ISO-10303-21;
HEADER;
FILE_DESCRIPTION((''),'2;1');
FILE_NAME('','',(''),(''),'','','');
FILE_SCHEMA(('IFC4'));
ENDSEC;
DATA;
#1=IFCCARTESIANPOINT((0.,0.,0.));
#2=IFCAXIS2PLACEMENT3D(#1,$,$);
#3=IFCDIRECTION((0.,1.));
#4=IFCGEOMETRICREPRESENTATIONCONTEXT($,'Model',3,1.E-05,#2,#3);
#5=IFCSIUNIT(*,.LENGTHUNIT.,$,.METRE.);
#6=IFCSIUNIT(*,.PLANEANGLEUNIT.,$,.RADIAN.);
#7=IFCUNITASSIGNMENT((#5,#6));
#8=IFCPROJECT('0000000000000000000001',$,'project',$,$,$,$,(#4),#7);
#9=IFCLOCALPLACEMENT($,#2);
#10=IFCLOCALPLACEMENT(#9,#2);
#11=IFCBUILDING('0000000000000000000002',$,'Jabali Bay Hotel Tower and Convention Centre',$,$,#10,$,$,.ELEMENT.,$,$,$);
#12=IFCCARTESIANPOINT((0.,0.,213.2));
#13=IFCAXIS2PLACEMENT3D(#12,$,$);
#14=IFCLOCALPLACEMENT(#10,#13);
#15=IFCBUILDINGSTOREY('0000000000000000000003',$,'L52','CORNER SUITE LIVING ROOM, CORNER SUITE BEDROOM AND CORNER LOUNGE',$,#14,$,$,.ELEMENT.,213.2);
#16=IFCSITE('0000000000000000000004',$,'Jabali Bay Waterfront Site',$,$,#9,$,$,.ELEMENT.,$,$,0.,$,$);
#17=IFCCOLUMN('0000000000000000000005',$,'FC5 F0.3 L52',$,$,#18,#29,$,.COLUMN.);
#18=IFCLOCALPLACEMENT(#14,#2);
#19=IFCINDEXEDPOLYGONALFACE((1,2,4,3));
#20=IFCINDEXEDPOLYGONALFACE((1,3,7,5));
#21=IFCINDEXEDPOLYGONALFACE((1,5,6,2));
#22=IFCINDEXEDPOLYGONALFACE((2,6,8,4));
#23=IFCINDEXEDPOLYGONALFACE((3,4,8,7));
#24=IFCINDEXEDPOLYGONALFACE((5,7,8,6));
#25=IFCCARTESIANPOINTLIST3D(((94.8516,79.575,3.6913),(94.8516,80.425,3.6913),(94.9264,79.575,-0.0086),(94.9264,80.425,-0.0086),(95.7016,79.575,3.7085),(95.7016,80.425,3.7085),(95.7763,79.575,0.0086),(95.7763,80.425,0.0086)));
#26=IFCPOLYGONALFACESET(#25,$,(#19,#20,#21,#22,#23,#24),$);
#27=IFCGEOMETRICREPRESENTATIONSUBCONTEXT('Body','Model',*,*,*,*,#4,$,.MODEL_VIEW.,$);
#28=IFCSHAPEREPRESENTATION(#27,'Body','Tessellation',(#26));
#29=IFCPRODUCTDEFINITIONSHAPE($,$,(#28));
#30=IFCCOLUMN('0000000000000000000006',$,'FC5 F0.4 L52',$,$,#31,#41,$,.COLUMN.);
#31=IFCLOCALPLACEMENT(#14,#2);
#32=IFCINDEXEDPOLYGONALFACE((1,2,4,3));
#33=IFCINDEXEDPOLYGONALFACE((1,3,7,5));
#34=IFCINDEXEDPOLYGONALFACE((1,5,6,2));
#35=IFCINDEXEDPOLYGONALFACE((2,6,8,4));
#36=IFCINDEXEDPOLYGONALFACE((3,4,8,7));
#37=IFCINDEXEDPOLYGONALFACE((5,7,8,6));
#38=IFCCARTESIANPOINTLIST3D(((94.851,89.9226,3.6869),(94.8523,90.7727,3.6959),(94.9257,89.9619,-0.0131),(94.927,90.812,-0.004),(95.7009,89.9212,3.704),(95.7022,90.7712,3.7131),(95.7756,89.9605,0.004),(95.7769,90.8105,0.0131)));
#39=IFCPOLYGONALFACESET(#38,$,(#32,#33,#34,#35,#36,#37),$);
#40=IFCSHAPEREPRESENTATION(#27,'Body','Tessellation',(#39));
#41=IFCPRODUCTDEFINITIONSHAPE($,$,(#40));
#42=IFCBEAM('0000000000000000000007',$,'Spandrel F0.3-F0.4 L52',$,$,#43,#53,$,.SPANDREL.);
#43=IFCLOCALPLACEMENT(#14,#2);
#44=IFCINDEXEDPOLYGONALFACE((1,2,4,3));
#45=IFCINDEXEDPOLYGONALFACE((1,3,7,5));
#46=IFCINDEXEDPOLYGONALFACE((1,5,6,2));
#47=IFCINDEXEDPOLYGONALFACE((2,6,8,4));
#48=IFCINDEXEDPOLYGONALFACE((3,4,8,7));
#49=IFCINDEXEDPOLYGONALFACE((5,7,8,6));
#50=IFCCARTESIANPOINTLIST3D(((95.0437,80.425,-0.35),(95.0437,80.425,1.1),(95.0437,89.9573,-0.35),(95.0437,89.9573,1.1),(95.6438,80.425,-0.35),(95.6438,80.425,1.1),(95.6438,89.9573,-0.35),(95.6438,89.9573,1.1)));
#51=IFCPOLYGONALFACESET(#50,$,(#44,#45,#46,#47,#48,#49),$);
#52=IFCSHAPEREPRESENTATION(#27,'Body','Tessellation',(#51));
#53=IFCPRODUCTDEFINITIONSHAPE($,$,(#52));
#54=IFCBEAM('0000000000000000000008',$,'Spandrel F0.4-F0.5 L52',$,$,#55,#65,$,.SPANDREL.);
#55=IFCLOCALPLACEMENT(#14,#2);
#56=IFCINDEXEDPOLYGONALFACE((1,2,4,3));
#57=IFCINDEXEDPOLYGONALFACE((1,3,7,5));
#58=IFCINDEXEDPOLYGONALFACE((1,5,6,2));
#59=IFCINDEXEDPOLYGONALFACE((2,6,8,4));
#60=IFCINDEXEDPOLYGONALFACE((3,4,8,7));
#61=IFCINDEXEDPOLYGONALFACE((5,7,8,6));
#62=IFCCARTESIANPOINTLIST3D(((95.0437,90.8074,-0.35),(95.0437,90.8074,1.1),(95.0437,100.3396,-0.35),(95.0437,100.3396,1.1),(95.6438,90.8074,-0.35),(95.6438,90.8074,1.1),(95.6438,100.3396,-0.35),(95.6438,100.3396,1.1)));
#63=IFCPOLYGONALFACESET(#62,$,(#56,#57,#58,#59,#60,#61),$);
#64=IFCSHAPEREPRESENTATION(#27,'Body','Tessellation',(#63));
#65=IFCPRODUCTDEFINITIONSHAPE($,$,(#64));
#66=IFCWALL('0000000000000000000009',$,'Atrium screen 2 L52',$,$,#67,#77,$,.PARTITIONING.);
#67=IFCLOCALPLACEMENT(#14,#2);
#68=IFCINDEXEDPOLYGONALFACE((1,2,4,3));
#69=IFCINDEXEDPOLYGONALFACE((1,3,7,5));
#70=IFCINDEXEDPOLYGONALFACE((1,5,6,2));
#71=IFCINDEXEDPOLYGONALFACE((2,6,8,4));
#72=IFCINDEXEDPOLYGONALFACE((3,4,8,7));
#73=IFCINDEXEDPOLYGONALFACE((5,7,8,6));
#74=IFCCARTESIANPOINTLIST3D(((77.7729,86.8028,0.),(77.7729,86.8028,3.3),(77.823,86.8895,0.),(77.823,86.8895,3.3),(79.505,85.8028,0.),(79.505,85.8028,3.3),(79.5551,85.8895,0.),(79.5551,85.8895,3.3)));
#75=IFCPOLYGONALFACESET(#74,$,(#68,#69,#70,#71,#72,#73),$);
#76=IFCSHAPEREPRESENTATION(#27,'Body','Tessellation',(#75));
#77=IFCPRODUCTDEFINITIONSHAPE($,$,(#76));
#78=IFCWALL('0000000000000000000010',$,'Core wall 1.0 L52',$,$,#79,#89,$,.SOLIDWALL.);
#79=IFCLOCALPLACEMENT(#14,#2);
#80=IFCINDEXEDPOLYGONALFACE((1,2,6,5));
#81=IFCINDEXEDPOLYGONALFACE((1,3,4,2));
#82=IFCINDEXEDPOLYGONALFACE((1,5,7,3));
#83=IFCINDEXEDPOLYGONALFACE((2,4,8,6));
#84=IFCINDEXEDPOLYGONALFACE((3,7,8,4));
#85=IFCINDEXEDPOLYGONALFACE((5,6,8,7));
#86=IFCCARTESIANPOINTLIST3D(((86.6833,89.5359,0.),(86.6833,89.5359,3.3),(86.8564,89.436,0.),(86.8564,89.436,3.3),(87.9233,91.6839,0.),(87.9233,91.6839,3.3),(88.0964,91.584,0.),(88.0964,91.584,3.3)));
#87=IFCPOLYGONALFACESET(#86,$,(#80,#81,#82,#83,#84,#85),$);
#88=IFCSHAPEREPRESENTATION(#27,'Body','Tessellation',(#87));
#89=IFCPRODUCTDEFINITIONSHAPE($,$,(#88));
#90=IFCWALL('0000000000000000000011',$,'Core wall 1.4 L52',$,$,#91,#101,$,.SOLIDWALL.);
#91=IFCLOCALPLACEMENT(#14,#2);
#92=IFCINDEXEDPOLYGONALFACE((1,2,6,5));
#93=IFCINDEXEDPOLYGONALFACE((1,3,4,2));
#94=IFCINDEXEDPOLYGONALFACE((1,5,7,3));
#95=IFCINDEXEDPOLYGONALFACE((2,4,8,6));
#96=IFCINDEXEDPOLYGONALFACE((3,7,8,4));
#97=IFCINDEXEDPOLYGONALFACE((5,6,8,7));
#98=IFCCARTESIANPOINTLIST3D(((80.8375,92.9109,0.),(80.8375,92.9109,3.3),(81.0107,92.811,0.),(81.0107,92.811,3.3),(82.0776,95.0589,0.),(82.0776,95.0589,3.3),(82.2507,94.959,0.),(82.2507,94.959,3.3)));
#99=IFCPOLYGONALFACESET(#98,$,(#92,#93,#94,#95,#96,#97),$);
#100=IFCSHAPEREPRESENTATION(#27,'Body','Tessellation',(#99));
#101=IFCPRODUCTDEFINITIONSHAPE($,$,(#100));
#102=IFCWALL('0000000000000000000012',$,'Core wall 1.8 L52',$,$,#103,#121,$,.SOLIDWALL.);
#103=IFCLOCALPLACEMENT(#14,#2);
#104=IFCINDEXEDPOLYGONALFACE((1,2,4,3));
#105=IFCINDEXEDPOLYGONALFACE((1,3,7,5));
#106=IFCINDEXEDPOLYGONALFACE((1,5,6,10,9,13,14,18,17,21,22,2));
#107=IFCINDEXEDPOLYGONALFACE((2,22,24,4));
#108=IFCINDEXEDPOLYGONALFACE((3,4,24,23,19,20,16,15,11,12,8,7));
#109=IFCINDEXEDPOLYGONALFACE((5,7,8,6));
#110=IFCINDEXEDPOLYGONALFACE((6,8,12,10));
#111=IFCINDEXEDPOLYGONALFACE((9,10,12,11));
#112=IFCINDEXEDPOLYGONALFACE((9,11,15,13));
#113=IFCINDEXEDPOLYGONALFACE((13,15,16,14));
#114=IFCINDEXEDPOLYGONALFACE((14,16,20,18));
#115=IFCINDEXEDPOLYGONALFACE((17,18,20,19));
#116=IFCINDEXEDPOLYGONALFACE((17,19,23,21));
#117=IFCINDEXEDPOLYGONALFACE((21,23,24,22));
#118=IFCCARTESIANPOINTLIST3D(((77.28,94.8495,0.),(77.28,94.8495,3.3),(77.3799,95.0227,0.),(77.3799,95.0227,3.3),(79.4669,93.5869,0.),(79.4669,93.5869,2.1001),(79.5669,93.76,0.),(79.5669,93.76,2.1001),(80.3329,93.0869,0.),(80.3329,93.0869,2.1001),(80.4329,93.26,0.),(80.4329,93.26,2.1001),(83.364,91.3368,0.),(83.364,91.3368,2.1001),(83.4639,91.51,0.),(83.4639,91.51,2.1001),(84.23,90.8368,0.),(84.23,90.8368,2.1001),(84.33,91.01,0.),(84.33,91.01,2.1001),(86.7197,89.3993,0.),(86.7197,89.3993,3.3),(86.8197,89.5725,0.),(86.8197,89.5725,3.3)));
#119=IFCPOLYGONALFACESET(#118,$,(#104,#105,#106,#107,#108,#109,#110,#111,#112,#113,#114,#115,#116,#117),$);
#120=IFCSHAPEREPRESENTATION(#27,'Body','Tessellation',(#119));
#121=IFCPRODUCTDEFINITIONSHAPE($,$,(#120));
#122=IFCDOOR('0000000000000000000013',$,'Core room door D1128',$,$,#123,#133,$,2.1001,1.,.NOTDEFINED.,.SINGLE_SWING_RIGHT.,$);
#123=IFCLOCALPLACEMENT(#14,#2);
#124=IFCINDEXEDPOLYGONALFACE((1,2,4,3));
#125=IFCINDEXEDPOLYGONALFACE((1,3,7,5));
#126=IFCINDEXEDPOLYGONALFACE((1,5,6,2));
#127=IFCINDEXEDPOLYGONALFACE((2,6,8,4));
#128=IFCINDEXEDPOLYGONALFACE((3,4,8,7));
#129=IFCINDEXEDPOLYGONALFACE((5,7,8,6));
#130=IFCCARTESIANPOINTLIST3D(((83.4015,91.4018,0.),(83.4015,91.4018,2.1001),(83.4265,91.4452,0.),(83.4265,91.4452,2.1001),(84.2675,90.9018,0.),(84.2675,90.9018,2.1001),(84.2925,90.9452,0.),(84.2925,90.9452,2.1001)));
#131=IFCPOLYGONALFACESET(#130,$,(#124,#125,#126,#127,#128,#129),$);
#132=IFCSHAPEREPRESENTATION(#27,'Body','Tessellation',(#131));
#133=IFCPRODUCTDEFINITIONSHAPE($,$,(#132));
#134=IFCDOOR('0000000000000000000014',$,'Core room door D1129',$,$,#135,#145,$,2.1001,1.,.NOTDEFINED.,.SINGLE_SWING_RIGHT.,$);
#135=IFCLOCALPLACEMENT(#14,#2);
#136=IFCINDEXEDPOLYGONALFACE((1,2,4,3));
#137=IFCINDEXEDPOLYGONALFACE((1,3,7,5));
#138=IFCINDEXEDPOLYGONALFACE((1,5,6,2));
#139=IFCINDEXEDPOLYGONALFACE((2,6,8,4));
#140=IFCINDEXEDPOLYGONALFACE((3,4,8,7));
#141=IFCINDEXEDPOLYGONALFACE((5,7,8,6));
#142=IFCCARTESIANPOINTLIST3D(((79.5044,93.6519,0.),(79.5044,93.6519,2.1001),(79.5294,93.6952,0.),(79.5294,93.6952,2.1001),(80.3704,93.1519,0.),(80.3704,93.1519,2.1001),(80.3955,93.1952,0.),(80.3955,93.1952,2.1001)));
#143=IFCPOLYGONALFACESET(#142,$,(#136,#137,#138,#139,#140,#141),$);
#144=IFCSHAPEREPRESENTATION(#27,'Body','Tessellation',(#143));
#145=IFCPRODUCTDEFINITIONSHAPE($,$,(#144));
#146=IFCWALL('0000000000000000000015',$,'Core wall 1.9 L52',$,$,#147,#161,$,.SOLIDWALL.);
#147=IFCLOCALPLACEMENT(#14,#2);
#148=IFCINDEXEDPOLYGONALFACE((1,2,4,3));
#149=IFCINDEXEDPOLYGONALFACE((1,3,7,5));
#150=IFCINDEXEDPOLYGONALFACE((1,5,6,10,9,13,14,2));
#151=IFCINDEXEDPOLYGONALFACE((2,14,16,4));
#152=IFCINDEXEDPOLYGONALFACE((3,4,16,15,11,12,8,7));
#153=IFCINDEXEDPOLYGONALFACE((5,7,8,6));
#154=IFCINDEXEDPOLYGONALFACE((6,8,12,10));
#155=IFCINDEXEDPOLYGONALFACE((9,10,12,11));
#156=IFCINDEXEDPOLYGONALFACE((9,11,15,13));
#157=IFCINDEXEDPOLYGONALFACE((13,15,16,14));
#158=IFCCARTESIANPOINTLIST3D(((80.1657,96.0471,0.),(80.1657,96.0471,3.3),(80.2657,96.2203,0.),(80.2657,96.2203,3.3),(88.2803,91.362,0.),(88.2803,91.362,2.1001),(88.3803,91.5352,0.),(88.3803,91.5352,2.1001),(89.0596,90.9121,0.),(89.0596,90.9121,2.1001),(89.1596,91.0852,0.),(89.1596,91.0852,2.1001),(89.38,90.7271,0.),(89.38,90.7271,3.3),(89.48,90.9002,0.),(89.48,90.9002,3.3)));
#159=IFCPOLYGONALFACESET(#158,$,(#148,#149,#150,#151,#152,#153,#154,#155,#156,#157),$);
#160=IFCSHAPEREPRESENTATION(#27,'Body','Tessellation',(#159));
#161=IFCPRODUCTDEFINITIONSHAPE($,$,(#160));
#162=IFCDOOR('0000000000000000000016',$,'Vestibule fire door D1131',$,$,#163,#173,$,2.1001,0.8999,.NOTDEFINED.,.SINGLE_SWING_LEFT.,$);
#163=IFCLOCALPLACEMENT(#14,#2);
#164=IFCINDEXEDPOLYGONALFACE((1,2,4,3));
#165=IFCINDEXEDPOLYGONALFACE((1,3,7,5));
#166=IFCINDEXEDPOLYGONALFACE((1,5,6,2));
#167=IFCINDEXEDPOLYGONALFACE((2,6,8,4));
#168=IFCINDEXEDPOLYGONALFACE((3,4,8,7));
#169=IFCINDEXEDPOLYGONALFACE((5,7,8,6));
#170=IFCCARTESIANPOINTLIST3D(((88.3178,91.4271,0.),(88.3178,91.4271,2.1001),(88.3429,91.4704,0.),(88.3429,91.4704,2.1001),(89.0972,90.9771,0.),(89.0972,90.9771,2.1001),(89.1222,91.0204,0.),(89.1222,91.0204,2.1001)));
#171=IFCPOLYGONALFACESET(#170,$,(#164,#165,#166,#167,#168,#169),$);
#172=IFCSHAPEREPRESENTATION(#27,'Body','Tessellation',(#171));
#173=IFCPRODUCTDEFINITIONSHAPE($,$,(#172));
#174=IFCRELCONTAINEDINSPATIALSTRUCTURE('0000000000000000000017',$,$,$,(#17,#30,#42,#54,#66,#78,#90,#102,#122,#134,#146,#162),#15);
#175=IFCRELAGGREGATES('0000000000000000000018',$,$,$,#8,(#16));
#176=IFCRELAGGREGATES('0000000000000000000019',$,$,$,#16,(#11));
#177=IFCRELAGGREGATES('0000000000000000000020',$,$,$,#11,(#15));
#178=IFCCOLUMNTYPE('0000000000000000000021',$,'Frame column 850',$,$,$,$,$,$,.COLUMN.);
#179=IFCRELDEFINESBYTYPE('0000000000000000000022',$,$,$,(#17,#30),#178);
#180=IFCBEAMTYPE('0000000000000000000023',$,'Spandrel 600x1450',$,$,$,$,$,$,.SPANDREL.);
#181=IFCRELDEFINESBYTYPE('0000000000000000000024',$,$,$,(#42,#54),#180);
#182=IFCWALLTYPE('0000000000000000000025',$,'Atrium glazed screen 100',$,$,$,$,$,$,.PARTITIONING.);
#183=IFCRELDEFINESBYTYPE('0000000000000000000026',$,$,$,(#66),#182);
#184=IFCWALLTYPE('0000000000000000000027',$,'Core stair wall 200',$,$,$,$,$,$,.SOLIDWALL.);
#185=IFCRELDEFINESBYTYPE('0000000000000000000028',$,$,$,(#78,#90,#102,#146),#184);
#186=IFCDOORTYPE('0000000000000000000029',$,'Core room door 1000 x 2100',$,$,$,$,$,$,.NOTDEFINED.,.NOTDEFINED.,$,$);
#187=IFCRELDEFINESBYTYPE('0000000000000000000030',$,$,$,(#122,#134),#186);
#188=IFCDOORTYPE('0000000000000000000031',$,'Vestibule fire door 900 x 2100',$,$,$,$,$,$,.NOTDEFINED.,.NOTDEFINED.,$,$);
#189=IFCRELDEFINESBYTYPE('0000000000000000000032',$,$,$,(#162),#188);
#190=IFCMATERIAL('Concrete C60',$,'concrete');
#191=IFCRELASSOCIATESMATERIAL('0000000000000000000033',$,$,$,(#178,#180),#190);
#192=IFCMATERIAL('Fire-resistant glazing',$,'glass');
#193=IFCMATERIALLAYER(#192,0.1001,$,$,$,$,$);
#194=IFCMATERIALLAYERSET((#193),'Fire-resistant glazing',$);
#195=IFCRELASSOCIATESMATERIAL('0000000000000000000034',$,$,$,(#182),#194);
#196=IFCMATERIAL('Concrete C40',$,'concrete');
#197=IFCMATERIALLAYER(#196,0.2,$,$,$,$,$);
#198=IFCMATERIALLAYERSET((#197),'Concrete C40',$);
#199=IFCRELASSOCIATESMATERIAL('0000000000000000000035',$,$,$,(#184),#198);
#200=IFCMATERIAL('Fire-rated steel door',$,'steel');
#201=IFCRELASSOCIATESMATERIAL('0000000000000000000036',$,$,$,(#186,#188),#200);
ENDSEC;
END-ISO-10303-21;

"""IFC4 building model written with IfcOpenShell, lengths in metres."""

from ifc_helpers import new_model, si_unit, direction, frame, frame_2d, origin, origin_2d, place, context, subcontext, project, spatial, rectangle, extrude, material, layer, layer_set, material_profile, profile_set, type_object, element, fill, save


model = new_model("IFC4")

# Units and contexts
model_context = context("Model", 3, precision=1e-05, world=origin(), true_north=direction((0.0, 1.0)))
body_context = subcontext(model_context, "Body", "Model", "MODEL_VIEW")
ifc_project = project(units=[si_unit("LENGTHUNIT", "METRE"), si_unit("PLANEANGLEUNIT", "RADIAN")], contexts=[model_context])

# Site, building, storey
site_placement = place(None, origin())
site = spatial("IfcSite", under=ifc_project, at=site_placement, Name="Jabali Bay Waterfront Site", CompositionType="ELEMENT", RefElevation=0.0)
building_placement = place(site_placement, origin())
building = spatial("IfcBuilding", under=site, at=building_placement, Name="Jabali Bay Hotel Tower and Convention Centre", CompositionType="ELEMENT")
storey_placement = place(building_placement, frame((0.0, 0.0, 213.2)))
storey = spatial("IfcBuildingStorey", under=building, at=storey_placement, Name="L52", Description="CORNER SUITE LIVING ROOM, CORNER SUITE BEDROOM AND CORNER LOUNGE", CompositionType="ELEMENT", Elevation=213.2)

# Columns
ifc_material_1 = material(Name="Concrete C60", Category="concrete")
ifc_material_profile_1 = material_profile(ifc_material_1, rectangle(XDim=0.8501, YDim=0.8501, at=origin_2d()), Name="Frame column 850")
ifc_profile_set_1 = profile_set([ifc_material_profile_1], Name="Concrete C60")
column_type = type_object("IfcColumnType", Name="Frame column 850", PredefinedType="COLUMN", material=ifc_profile_set_1)
column_1_placement = place(storey_placement, frame((95.3513, 80.0, 0.0), z_axis=(-0.020187, 0.0, 0.999796), x_axis=(0.0, -1.0, 0.0)))
element("IfcColumn", 1, at=column_1_placement, inside=storey, type_object=column_type, Name="FC5 F0.3 L52", PredefinedType="COLUMN", context=body_context, shape_type="SweptSolid", body=[
    extrude(rectangle(XDim=0.8501, YDim=0.8501, at=origin_2d()), origin(), (0.0, 0.0, 1.0), 3.7007),
])
column_2_placement = place(storey_placement, frame((95.3513, 90.3862, 0.0), z_axis=(-0.020186, -0.010621, 0.99974), x_axis=(0.999795, -0.001742, 0.020169)))
element("IfcColumn", 2, at=column_2_placement, inside=storey, type_object=column_type, Name="FC5 F0.4 L52", PredefinedType="COLUMN", context=body_context, shape_type="SweptSolid", body=[
    extrude(rectangle(XDim=0.8501, YDim=0.8501, at=origin_2d()), origin(), (0.0, 0.0, 1.0), 3.7009),
])

# Beams
ifc_material_profile_2 = material_profile(ifc_material_1, rectangle(XDim=0.6001, YDim=1.45, at=origin_2d()), Name="Spandrel 600x1450")
ifc_profile_set_2 = profile_set([ifc_material_profile_2], Name="Concrete C60")
beam_type = type_object("IfcBeamType", Name="Spandrel 600x1450", PredefinedType="SPANDREL", material=ifc_profile_set_2)
for number, where, z_axis, x_axis, name in (
    (3, (95.3438, 80.425, 0.375), (0.0, 1.0, 0.0), (-1.0, 0.0, 0.0), "Spandrel F0.3-F0.4 L52"),
    (4, (95.3438, 90.8074, 0.375), (0.0, 1.0, 0.0), (-1.0, 0.0, 0.0), "Spandrel F0.4-F0.5 L52"),
):
    element("IfcBeam", number, at=place(storey_placement, frame(where, z_axis=z_axis, x_axis=x_axis)), inside=storey, type_object=beam_type, Name=name, PredefinedType="SPANDREL", context=body_context, shape_type="SweptSolid", body=[
        extrude(rectangle(XDim=0.6001, YDim=1.45, at=origin_2d()), origin(), (0.0, 0.0, 1.0), 9.5322),
    ])

# Walls
ifc_material_2 = material(Name="Fire-resistant glazing", Category="glass")
ifc_layer_1 = layer(ifc_material_2, 0.1001)
ifc_layer_set_1 = layer_set([ifc_layer_1], Name="Fire-resistant glazing")
wall_type_1 = type_object("IfcWallType", Name="Atrium glazed screen 100", PredefinedType="PARTITIONING", material=ifc_layer_set_1)
wall_1_placement = place(storey_placement, frame((79.53, 85.8462, 0.0), z_axis=(0.0, 0.0, 1.0), x_axis=(-0.866041, 0.499973, 0.0)))
element("IfcWall", 5, at=wall_1_placement, inside=storey, type_object=wall_type_1, Name="Atrium screen 2 L52", PredefinedType="PARTITIONING", context=body_context, shape_type="SweptSolid", body=[
    extrude(rectangle(XDim=2.0, YDim=0.1001, at=frame_2d((1.0, 0.0))), origin(), (0.0, 0.0, 1.0), 3.3),
])
ifc_material_3 = material(Name="Concrete C40", Category="concrete")
ifc_layer_2 = layer(ifc_material_3, 0.2)
ifc_layer_set_2 = layer_set([ifc_layer_2], Name="Concrete C40")
wall_type_2 = type_object("IfcWallType", Name="Core stair wall 200", PredefinedType="SOLIDWALL", material=ifc_layer_set_2)
for number, where, z_axis, x_axis, name in (
    (6, (86.7698, 89.4858, 0.0), (0.0, 0.0, 1.0), (0.499961, 0.866048, 0.0), "Core wall 1.0 L52"),
    (7, (80.9241, 92.8608, 0.0), (0.0, 0.0, 1.0), (0.499961, 0.866048, 0.0), "Core wall 1.4 L52"),
):
    element("IfcWall", number, at=place(storey_placement, frame(where, z_axis=z_axis, x_axis=x_axis)), inside=storey, type_object=wall_type_2, Name=name, PredefinedType="SOLIDWALL", context=body_context, shape_type="SweptSolid", body=[
        extrude(rectangle(XDim=2.4802, YDim=0.2, at=frame_2d((1.2402, 0.0))), origin(), (0.0, 0.0, 1.0), 3.3),
    ])

# Wall, openings, doors
wall_2_placement = place(storey_placement, frame((86.7698, 89.4858, 0.0), z_axis=(0.0, 0.0, 1.0), x_axis=(-0.866018, 0.500013, 0.0)))
wall_2 = element("IfcWall", 8, at=wall_2_placement, inside=storey, type_object=wall_type_2, Name="Core wall 1.8 L52", PredefinedType="SOLIDWALL", context=body_context, shape_type="SweptSolid", body=[
    extrude(rectangle(XDim=10.9001, YDim=0.2, at=frame_2d((5.4502, 0.0))), origin(), (0.0, 0.0, 1.0), 3.3),
])
opening_1_placement = place(wall_2_placement, frame((2.875, 0.0, 0.0)))
opening_1 = element("IfcOpeningElement", 9, at=opening_1_placement, cuts=wall_2, PredefinedType="OPENING", context=body_context, shape_type="SweptSolid", body=[
    extrude(rectangle(XDim=1.0, YDim=2.1001, at=frame_2d((0.5, 1.05))), frame((0.0, 0.1104, 0.0), z_axis=(0.0, -1.0, 0.0), x_axis=(1.0, 0.0, 0.0)), (0.0, 0.0, 1.0), 0.2209),
])
opening_2_placement = place(wall_2_placement, frame((7.375, 0.0, 0.0)))
opening_2 = element("IfcOpeningElement", 10, at=opening_2_placement, cuts=wall_2, PredefinedType="OPENING", context=body_context, shape_type="SweptSolid", body=[
    extrude(rectangle(XDim=1.0, YDim=2.1001, at=frame_2d((0.5, 1.05))), frame((0.0, 0.1104, 0.0), z_axis=(0.0, -1.0, 0.0), x_axis=(1.0, 0.0, 0.0)), (0.0, 0.0, 1.0), 0.2209),
])
ifc_material_4 = material(Name="Fire-rated steel door", Category="steel")
door_type_1 = type_object("IfcDoorType", Name="Core room door 1000 x 2100", OperationType="NOTDEFINED", PredefinedType="NOTDEFINED", material=ifc_material_4)
door_1_placement = place(opening_1_placement, origin())
door_1 = element("IfcDoor", 11, at=door_1_placement, inside=storey, type_object=door_type_1, Name="Core room door D1128", OperationType="SINGLE_SWING_RIGHT", OverallHeight=2.1001, OverallWidth=1.0, PredefinedType="NOTDEFINED", context=body_context, shape_type="SweptSolid", body=[
    extrude(rectangle(XDim=1.0, YDim=2.1001, at=frame_2d((0.5, 1.05))), frame((0.0, 0.0249, 0.0), z_axis=(0.0, -1.0, 0.0), x_axis=(1.0, 0.0, 0.0)), (0.0, 0.0, 1.0), 0.05),
])
fill(opening_1, door_1)
door_2_placement = place(opening_2_placement, origin())
door_2 = element("IfcDoor", 12, at=door_2_placement, inside=storey, type_object=door_type_1, Name="Core room door D1129", OperationType="SINGLE_SWING_RIGHT", OverallHeight=2.1001, OverallWidth=1.0, PredefinedType="NOTDEFINED", context=body_context, shape_type="SweptSolid", body=[
    extrude(rectangle(XDim=1.0, YDim=2.1001, at=frame_2d((0.5, 1.05))), frame((0.0, 0.0249, 0.0), z_axis=(0.0, -1.0, 0.0), x_axis=(1.0, 0.0, 0.0)), (0.0, 0.0, 1.0), 0.05),
])
fill(opening_2, door_2)

# Wall, opening, door
wall_3_placement = place(storey_placement, frame((89.4299, 90.8137, 0.0), z_axis=(0.0, 0.0, 1.0), x_axis=(-0.866019, 0.500011, 0.0)))
wall_3 = element("IfcWall", 13, at=wall_3_placement, inside=storey, type_object=wall_type_2, Name="Core wall 1.9 L52", PredefinedType="SOLIDWALL", context=body_context, shape_type="SweptSolid", body=[
    extrude(rectangle(XDim=10.6399, YDim=0.2, at=frame_2d((5.3198, 0.0))), origin(), (0.0, 0.0, 1.0), 3.3),
])
opening_3_placement = place(wall_3_placement, frame((0.3699, 0.0, 0.0)))
opening_3 = element("IfcOpeningElement", 14, at=opening_3_placement, cuts=wall_3, PredefinedType="OPENING", context=body_context, shape_type="SweptSolid", body=[
    extrude(rectangle(XDim=0.8999, YDim=2.1001, at=frame_2d((0.45, 1.05))), frame((0.0, 0.1104, 0.0), z_axis=(0.0, -1.0, 0.0), x_axis=(1.0, 0.0, 0.0)), (0.0, 0.0, 1.0), 0.2209),
])
door_type_2 = type_object("IfcDoorType", Name="Vestibule fire door 900 x 2100", OperationType="NOTDEFINED", PredefinedType="NOTDEFINED", material=ifc_material_4)
door_3_placement = place(opening_3_placement, origin())
door_3 = element("IfcDoor", 15, at=door_3_placement, inside=storey, type_object=door_type_2, Name="Vestibule fire door D1131", OperationType="SINGLE_SWING_LEFT", OverallHeight=2.1001, OverallWidth=0.8999, PredefinedType="NOTDEFINED", context=body_context, shape_type="SweptSolid", body=[
    extrude(rectangle(XDim=0.8999, YDim=2.1001, at=frame_2d((0.45, 1.05))), frame((0.0, 0.0249, 0.0), z_axis=(0.0, -1.0, 0.0), x_axis=(1.0, 0.0, 0.0)), (0.0, 0.0, 1.0), 0.05),
])
fill(opening_3, door_3)

save(model, "model.ifc")
